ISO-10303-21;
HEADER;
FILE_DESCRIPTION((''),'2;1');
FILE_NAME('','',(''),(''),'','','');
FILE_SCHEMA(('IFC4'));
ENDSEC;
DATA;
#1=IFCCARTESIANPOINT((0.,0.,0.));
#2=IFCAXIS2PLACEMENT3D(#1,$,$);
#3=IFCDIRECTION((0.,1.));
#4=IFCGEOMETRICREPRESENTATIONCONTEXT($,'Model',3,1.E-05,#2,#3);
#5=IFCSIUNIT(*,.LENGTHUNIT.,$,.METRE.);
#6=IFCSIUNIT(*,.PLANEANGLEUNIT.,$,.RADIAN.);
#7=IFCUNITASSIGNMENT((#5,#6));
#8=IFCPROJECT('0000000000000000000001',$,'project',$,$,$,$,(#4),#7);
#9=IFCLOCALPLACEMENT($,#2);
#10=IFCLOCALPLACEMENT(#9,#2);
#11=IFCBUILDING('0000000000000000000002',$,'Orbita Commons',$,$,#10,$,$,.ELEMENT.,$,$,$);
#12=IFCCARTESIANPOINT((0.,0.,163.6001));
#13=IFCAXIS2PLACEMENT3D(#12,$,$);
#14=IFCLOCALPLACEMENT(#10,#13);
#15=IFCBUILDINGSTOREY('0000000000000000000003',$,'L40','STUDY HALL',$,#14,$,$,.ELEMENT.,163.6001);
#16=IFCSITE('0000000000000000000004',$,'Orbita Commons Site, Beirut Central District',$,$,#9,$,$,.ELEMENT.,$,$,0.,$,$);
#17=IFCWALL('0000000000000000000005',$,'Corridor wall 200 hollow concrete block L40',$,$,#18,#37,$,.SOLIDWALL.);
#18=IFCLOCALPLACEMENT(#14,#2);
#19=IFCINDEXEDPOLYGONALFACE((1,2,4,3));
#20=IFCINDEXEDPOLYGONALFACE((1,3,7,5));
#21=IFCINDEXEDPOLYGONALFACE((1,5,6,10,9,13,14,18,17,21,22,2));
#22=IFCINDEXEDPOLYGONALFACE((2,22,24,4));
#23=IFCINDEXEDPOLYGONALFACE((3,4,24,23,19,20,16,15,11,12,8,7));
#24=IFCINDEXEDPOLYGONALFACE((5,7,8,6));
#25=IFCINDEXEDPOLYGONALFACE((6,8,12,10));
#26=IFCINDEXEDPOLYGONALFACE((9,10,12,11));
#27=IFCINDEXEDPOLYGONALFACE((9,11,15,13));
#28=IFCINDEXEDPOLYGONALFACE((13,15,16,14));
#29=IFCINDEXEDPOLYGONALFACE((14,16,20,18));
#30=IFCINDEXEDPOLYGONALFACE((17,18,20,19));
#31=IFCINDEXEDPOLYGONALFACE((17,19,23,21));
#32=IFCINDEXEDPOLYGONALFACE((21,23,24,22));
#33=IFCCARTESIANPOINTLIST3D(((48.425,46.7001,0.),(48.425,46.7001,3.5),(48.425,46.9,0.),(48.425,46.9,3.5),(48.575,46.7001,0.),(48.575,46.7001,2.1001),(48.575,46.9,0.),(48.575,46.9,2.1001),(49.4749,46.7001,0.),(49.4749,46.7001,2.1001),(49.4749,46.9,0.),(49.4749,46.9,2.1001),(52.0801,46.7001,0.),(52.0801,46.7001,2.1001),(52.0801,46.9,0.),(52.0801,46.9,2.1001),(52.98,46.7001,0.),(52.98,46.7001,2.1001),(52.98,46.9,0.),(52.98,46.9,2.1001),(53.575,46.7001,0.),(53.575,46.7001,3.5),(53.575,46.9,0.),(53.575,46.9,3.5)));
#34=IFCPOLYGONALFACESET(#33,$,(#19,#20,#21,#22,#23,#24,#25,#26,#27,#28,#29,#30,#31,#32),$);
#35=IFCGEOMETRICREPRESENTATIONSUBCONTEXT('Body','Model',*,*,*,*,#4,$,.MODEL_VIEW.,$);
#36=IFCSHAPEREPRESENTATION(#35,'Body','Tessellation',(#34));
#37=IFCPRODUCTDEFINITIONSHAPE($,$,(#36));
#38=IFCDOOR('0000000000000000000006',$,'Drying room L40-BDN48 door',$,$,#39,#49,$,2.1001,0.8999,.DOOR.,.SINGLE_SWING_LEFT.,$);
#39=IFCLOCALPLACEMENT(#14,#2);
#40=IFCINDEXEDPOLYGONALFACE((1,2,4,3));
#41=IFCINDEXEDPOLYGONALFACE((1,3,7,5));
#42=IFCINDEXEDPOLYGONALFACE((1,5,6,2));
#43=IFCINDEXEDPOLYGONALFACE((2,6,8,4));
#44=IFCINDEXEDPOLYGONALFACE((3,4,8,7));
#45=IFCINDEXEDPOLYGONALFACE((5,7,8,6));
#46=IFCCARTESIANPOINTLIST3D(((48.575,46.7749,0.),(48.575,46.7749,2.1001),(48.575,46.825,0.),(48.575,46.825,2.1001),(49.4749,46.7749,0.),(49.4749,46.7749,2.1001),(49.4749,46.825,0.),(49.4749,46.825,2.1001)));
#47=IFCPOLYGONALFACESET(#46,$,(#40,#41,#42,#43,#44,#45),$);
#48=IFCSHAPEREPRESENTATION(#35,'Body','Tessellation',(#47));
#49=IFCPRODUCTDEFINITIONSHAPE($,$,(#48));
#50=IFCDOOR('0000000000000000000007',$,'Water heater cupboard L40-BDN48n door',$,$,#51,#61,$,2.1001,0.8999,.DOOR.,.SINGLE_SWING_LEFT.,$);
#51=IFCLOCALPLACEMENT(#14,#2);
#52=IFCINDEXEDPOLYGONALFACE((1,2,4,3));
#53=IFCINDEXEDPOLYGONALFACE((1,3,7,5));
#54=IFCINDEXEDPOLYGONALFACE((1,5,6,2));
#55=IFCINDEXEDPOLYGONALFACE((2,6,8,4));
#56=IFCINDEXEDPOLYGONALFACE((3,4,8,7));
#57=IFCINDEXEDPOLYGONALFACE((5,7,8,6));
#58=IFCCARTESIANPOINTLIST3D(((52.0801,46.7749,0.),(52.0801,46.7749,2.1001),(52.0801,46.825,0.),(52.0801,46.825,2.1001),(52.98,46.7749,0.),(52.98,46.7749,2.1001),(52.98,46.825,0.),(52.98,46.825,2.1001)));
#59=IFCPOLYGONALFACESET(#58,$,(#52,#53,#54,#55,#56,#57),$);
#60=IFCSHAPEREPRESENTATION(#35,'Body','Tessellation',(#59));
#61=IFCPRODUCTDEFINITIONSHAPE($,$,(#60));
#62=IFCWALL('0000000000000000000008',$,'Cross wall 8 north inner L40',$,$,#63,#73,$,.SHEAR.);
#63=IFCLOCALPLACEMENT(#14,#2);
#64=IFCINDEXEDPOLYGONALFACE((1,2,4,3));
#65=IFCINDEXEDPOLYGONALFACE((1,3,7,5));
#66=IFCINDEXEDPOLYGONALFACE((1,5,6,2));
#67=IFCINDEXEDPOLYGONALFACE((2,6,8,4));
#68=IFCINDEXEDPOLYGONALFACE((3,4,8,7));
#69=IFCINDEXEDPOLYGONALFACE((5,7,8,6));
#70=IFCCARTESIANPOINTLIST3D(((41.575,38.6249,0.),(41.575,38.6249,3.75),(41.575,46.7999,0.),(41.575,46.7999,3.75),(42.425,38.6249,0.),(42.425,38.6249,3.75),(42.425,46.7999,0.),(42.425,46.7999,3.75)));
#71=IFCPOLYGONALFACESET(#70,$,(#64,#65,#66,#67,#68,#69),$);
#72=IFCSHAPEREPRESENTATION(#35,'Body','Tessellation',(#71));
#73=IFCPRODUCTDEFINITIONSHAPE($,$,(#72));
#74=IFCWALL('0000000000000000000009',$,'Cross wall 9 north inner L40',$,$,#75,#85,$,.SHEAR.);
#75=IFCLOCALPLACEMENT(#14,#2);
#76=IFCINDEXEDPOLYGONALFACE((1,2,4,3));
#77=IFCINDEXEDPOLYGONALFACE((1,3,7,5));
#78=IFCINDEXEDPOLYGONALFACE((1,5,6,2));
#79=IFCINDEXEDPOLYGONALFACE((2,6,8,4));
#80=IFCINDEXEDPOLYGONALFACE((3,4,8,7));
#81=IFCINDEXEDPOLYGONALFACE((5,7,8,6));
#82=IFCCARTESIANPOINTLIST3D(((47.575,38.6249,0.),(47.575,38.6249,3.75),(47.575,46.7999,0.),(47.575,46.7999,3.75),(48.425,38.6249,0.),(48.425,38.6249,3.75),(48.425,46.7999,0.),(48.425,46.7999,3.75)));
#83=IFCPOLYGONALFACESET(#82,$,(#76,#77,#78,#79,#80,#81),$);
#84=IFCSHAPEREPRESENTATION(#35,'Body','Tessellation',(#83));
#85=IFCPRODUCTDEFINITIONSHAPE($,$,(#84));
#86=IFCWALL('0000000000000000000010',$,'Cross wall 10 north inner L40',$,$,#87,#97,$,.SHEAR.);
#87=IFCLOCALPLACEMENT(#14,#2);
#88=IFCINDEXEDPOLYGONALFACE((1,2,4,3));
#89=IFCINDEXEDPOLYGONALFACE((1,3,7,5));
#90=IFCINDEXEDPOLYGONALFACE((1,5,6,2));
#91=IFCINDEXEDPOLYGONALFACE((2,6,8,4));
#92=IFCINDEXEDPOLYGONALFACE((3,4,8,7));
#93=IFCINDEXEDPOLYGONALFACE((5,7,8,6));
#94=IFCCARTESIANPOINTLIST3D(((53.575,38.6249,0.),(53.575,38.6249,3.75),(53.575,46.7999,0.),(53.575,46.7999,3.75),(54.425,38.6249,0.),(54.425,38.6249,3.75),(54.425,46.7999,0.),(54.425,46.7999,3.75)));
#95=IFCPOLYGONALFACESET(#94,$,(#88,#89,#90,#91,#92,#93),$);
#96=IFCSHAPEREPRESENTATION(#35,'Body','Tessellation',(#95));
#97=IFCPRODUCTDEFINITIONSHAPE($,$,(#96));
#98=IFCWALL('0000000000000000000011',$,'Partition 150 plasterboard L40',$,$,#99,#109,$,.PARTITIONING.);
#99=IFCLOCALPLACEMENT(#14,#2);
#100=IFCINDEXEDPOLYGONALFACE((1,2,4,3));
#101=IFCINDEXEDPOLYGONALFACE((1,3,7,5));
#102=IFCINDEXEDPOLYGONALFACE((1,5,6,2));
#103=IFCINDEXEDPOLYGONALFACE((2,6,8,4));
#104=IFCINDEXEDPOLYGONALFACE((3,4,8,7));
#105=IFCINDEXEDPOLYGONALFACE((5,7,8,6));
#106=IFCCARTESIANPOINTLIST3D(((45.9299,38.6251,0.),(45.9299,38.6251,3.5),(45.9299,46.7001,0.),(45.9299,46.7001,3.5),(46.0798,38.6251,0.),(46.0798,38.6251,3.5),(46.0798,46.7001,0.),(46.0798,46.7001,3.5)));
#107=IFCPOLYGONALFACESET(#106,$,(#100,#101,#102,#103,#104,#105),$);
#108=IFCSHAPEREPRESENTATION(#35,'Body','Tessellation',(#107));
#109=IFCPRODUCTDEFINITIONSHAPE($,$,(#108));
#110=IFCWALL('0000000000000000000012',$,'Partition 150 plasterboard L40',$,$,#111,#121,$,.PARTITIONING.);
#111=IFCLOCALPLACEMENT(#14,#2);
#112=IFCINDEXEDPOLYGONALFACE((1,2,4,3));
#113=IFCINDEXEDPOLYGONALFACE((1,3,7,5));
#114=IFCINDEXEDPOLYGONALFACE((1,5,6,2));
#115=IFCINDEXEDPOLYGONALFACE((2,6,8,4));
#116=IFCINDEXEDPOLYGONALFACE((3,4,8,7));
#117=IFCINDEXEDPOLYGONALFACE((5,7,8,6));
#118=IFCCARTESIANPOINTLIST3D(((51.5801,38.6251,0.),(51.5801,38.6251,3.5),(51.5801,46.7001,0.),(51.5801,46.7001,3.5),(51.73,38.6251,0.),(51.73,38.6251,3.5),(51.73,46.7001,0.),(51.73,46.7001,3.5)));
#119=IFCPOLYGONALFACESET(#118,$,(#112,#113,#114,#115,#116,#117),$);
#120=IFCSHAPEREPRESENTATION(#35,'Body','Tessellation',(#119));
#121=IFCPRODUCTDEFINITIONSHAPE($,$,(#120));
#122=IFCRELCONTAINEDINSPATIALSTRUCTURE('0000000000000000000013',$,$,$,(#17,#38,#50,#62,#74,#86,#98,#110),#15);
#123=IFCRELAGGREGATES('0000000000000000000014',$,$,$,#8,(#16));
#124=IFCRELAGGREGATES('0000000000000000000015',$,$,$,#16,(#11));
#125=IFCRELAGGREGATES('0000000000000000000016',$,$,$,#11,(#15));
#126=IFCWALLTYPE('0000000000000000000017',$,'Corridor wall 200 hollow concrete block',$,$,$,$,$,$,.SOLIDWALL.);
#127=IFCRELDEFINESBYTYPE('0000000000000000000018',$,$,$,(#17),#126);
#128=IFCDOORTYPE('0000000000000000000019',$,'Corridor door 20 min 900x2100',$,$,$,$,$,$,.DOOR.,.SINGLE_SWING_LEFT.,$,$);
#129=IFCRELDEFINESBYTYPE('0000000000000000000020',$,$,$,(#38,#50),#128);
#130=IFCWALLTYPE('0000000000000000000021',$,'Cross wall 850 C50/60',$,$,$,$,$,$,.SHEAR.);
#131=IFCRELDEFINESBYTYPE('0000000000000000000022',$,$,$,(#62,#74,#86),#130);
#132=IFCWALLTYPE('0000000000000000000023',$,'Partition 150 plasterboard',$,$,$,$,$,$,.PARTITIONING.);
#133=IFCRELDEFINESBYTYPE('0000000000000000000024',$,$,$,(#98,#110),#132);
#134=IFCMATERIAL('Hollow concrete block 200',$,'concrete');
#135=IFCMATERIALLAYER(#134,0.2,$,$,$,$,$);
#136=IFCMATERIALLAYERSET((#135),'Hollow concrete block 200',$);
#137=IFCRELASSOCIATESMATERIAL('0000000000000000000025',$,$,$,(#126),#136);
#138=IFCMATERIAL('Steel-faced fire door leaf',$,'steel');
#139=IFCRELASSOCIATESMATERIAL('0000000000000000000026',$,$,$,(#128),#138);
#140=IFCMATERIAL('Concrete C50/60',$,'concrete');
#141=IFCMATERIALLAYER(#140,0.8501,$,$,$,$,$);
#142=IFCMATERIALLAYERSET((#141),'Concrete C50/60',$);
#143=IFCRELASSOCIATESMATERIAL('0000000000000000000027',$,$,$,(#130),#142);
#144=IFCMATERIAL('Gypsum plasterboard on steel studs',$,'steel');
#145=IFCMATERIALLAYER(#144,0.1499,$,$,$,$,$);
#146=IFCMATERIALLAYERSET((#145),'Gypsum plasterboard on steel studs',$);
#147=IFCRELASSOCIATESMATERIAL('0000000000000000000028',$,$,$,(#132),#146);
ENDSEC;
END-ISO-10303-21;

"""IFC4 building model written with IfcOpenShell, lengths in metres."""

from ifc_helpers import new_model, si_unit, direction, frame, frame_2d, origin, place, context, subcontext, project, spatial, rectangle, extrude, material, layer, layer_set, type_object, element, fill, save


model = new_model("IFC4")

# Units and contexts
model_context = context("Model", 3, precision=1e-05, world=origin(), true_north=direction((0.0, 1.0)))
body_context = subcontext(model_context, "Body", "Model", "MODEL_VIEW")
ifc_project = project(units=[si_unit("LENGTHUNIT", "METRE"), si_unit("PLANEANGLEUNIT", "RADIAN")], contexts=[model_context])

# Site, building, storey
site_placement = place(None, origin())
site = spatial("IfcSite", under=ifc_project, at=site_placement, Name="Orbita Commons Site, Beirut Central District", CompositionType="ELEMENT", RefElevation=0.0)
building_placement = place(site_placement, origin())
building = spatial("IfcBuilding", under=site, at=building_placement, Name="Orbita Commons", CompositionType="ELEMENT")
storey_placement = place(building_placement, frame((0.0, 0.0, 163.6001)))
storey = spatial("IfcBuildingStorey", under=building, at=storey_placement, Name="L40", Description="STUDY HALL", CompositionType="ELEMENT", Elevation=163.6001)

# Wall, openings, doors
ifc_material_1 = material(Name="Hollow concrete block 200", Category="concrete")
ifc_layer_1 = layer(ifc_material_1, 0.2)
ifc_layer_set_1 = layer_set([ifc_layer_1], Name="Hollow concrete block 200")
wall_type_1 = type_object("IfcWallType", Name="Corridor wall 200 hollow concrete block", PredefinedType="SOLIDWALL", material=ifc_layer_set_1)
ifc_material_2 = material(Name="Steel-faced fire door leaf", Category="steel")
door_type = type_object("IfcDoorType", Name="Corridor door 20 min 900x2100", OperationType="SINGLE_SWING_LEFT", PredefinedType="DOOR", material=ifc_material_2)
wall_1_placement = place(storey_placement, frame((48.425, 46.8, 0.0), z_axis=(0.0, 0.0, 1.0), x_axis=(1.0, 0.0, 0.0)))
wall_1 = element("IfcWall", 1, at=wall_1_placement, inside=storey, type_object=wall_type_1, Name="Corridor wall 200 hollow concrete block L40", PredefinedType="SOLIDWALL", context=body_context, shape_type="SweptSolid", body=[
    extrude(rectangle(XDim=5.1499, YDim=0.2, at=frame_2d((2.575, 0.0))), origin(), (0.0, 0.0, 1.0), 3.5),
])
opening_1_placement = place(wall_1_placement, frame((0.1499, 0.0, 0.0)))
opening_1 = element("IfcOpeningElement", 2, at=opening_1_placement, cuts=wall_1, PredefinedType="OPENING", context=body_context, shape_type="SweptSolid", body=[
    extrude(rectangle(XDim=0.8999, YDim=2.1001, at=frame_2d((0.45, 1.05))), frame((0.0, 0.1099, 0.0), z_axis=(0.0, -1.0, 0.0), x_axis=(1.0, 0.0, 0.0)), (0.0, 0.0, 1.0), 0.22),
])
opening_2_placement = place(wall_1_placement, frame((3.655, 0.0, 0.0)))
opening_2 = element("IfcOpeningElement", 3, at=opening_2_placement, cuts=wall_1, PredefinedType="OPENING", context=body_context, shape_type="SweptSolid", body=[
    extrude(rectangle(XDim=0.8999, YDim=2.1001, at=frame_2d((0.45, 1.05))), frame((0.0, 0.1099, 0.0), z_axis=(0.0, -1.0, 0.0), x_axis=(1.0, 0.0, 0.0)), (0.0, 0.0, 1.0), 0.22),
])
door_1_placement = place(opening_1_placement, origin())
door_1 = element("IfcDoor", 4, at=door_1_placement, inside=storey, type_object=door_type, Name="Drying room L40-BDN48 door", OperationType="SINGLE_SWING_LEFT", OverallHeight=2.1001, OverallWidth=0.8999, PredefinedType="DOOR", context=body_context, shape_type="SweptSolid", body=[
    extrude(rectangle(XDim=0.8999, YDim=2.1001, at=frame_2d((0.45, 1.05))), frame((0.0, 0.0249, 0.0), z_axis=(0.0, -1.0, 0.0), x_axis=(1.0, 0.0, 0.0)), (0.0, 0.0, 1.0), 0.05),
])
fill(opening_1, door_1)
door_2_placement = place(opening_2_placement, origin())
door_2 = element("IfcDoor", 5, at=door_2_placement, inside=storey, type_object=door_type, Name="Water heater cupboard L40-BDN48n door", OperationType="SINGLE_SWING_LEFT", OverallHeight=2.1001, OverallWidth=0.8999, PredefinedType="DOOR", context=body_context, shape_type="SweptSolid", body=[
    extrude(rectangle(XDim=0.8999, YDim=2.1001, at=frame_2d((0.45, 1.05))), frame((0.0, 0.0249, 0.0), z_axis=(0.0, -1.0, 0.0), x_axis=(1.0, 0.0, 0.0)), (0.0, 0.0, 1.0), 0.05),
])
fill(opening_2, door_2)

# Walls
ifc_material_3 = material(Name="Concrete C50/60", Category="concrete")
ifc_layer_2 = layer(ifc_material_3, 0.8501)
ifc_layer_set_2 = layer_set([ifc_layer_2], Name="Concrete C50/60")
wall_type_2 = type_object("IfcWallType", Name="Cross wall 850 C50/60", PredefinedType="SHEAR", material=ifc_layer_set_2)
for number, where, z_axis, x_axis, name in (
    (6, (42.0, 38.625, 0.0), (0.0, 0.0, 1.0), (0.0, 1.0, 0.0), "Cross wall 8 north inner L40"),
    (7, (48.0, 38.625, 0.0), (0.0, 0.0, 1.0), (0.0, 1.0, 0.0), "Cross wall 9 north inner L40"),
    (8, (54.0, 38.625, 0.0), (0.0, 0.0, 1.0), (0.0, 1.0, 0.0), "Cross wall 10 north inner L40"),
):
    element("IfcWall", number, at=place(storey_placement, frame(where, z_axis=z_axis, x_axis=x_axis)), inside=storey, type_object=wall_type_2, Name=name, PredefinedType="SHEAR", context=body_context, shape_type="SweptSolid", body=[
        extrude(rectangle(XDim=8.175, YDim=0.8501, at=frame_2d((4.0874, 0.0))), origin(), (0.0, 0.0, 1.0), 3.75),
    ])
ifc_material_4 = material(Name="Gypsum plasterboard on steel studs", Category="steel")
ifc_layer_3 = layer(ifc_material_4, 0.1499)
ifc_layer_set_3 = layer_set([ifc_layer_3], Name="Gypsum plasterboard on steel studs")
wall_type_3 = type_object("IfcWallType", Name="Partition 150 plasterboard", PredefinedType="PARTITIONING", material=ifc_layer_set_3)
for number, where, z_axis, x_axis, name in (
    (9, (46.0049, 38.625, 0.0), (0.0, 0.0, 1.0), (0.0, 1.0, 0.0), "Partition 150 plasterboard L40"),
    (10, (51.655, 38.625, 0.0), (0.0, 0.0, 1.0), (0.0, 1.0, 0.0), "Partition 150 plasterboard L40"),
):
    element("IfcWall", number, at=place(storey_placement, frame(where, z_axis=z_axis, x_axis=x_axis)), inside=storey, type_object=wall_type_3, Name=name, PredefinedType="PARTITIONING", context=body_context, shape_type="SweptSolid", body=[
        extrude(rectangle(XDim=8.075, YDim=0.1499, at=frame_2d((4.0376, 0.0))), origin(), (0.0, 0.0, 1.0), 3.5),
    ])

save(model, "model.ifc")
